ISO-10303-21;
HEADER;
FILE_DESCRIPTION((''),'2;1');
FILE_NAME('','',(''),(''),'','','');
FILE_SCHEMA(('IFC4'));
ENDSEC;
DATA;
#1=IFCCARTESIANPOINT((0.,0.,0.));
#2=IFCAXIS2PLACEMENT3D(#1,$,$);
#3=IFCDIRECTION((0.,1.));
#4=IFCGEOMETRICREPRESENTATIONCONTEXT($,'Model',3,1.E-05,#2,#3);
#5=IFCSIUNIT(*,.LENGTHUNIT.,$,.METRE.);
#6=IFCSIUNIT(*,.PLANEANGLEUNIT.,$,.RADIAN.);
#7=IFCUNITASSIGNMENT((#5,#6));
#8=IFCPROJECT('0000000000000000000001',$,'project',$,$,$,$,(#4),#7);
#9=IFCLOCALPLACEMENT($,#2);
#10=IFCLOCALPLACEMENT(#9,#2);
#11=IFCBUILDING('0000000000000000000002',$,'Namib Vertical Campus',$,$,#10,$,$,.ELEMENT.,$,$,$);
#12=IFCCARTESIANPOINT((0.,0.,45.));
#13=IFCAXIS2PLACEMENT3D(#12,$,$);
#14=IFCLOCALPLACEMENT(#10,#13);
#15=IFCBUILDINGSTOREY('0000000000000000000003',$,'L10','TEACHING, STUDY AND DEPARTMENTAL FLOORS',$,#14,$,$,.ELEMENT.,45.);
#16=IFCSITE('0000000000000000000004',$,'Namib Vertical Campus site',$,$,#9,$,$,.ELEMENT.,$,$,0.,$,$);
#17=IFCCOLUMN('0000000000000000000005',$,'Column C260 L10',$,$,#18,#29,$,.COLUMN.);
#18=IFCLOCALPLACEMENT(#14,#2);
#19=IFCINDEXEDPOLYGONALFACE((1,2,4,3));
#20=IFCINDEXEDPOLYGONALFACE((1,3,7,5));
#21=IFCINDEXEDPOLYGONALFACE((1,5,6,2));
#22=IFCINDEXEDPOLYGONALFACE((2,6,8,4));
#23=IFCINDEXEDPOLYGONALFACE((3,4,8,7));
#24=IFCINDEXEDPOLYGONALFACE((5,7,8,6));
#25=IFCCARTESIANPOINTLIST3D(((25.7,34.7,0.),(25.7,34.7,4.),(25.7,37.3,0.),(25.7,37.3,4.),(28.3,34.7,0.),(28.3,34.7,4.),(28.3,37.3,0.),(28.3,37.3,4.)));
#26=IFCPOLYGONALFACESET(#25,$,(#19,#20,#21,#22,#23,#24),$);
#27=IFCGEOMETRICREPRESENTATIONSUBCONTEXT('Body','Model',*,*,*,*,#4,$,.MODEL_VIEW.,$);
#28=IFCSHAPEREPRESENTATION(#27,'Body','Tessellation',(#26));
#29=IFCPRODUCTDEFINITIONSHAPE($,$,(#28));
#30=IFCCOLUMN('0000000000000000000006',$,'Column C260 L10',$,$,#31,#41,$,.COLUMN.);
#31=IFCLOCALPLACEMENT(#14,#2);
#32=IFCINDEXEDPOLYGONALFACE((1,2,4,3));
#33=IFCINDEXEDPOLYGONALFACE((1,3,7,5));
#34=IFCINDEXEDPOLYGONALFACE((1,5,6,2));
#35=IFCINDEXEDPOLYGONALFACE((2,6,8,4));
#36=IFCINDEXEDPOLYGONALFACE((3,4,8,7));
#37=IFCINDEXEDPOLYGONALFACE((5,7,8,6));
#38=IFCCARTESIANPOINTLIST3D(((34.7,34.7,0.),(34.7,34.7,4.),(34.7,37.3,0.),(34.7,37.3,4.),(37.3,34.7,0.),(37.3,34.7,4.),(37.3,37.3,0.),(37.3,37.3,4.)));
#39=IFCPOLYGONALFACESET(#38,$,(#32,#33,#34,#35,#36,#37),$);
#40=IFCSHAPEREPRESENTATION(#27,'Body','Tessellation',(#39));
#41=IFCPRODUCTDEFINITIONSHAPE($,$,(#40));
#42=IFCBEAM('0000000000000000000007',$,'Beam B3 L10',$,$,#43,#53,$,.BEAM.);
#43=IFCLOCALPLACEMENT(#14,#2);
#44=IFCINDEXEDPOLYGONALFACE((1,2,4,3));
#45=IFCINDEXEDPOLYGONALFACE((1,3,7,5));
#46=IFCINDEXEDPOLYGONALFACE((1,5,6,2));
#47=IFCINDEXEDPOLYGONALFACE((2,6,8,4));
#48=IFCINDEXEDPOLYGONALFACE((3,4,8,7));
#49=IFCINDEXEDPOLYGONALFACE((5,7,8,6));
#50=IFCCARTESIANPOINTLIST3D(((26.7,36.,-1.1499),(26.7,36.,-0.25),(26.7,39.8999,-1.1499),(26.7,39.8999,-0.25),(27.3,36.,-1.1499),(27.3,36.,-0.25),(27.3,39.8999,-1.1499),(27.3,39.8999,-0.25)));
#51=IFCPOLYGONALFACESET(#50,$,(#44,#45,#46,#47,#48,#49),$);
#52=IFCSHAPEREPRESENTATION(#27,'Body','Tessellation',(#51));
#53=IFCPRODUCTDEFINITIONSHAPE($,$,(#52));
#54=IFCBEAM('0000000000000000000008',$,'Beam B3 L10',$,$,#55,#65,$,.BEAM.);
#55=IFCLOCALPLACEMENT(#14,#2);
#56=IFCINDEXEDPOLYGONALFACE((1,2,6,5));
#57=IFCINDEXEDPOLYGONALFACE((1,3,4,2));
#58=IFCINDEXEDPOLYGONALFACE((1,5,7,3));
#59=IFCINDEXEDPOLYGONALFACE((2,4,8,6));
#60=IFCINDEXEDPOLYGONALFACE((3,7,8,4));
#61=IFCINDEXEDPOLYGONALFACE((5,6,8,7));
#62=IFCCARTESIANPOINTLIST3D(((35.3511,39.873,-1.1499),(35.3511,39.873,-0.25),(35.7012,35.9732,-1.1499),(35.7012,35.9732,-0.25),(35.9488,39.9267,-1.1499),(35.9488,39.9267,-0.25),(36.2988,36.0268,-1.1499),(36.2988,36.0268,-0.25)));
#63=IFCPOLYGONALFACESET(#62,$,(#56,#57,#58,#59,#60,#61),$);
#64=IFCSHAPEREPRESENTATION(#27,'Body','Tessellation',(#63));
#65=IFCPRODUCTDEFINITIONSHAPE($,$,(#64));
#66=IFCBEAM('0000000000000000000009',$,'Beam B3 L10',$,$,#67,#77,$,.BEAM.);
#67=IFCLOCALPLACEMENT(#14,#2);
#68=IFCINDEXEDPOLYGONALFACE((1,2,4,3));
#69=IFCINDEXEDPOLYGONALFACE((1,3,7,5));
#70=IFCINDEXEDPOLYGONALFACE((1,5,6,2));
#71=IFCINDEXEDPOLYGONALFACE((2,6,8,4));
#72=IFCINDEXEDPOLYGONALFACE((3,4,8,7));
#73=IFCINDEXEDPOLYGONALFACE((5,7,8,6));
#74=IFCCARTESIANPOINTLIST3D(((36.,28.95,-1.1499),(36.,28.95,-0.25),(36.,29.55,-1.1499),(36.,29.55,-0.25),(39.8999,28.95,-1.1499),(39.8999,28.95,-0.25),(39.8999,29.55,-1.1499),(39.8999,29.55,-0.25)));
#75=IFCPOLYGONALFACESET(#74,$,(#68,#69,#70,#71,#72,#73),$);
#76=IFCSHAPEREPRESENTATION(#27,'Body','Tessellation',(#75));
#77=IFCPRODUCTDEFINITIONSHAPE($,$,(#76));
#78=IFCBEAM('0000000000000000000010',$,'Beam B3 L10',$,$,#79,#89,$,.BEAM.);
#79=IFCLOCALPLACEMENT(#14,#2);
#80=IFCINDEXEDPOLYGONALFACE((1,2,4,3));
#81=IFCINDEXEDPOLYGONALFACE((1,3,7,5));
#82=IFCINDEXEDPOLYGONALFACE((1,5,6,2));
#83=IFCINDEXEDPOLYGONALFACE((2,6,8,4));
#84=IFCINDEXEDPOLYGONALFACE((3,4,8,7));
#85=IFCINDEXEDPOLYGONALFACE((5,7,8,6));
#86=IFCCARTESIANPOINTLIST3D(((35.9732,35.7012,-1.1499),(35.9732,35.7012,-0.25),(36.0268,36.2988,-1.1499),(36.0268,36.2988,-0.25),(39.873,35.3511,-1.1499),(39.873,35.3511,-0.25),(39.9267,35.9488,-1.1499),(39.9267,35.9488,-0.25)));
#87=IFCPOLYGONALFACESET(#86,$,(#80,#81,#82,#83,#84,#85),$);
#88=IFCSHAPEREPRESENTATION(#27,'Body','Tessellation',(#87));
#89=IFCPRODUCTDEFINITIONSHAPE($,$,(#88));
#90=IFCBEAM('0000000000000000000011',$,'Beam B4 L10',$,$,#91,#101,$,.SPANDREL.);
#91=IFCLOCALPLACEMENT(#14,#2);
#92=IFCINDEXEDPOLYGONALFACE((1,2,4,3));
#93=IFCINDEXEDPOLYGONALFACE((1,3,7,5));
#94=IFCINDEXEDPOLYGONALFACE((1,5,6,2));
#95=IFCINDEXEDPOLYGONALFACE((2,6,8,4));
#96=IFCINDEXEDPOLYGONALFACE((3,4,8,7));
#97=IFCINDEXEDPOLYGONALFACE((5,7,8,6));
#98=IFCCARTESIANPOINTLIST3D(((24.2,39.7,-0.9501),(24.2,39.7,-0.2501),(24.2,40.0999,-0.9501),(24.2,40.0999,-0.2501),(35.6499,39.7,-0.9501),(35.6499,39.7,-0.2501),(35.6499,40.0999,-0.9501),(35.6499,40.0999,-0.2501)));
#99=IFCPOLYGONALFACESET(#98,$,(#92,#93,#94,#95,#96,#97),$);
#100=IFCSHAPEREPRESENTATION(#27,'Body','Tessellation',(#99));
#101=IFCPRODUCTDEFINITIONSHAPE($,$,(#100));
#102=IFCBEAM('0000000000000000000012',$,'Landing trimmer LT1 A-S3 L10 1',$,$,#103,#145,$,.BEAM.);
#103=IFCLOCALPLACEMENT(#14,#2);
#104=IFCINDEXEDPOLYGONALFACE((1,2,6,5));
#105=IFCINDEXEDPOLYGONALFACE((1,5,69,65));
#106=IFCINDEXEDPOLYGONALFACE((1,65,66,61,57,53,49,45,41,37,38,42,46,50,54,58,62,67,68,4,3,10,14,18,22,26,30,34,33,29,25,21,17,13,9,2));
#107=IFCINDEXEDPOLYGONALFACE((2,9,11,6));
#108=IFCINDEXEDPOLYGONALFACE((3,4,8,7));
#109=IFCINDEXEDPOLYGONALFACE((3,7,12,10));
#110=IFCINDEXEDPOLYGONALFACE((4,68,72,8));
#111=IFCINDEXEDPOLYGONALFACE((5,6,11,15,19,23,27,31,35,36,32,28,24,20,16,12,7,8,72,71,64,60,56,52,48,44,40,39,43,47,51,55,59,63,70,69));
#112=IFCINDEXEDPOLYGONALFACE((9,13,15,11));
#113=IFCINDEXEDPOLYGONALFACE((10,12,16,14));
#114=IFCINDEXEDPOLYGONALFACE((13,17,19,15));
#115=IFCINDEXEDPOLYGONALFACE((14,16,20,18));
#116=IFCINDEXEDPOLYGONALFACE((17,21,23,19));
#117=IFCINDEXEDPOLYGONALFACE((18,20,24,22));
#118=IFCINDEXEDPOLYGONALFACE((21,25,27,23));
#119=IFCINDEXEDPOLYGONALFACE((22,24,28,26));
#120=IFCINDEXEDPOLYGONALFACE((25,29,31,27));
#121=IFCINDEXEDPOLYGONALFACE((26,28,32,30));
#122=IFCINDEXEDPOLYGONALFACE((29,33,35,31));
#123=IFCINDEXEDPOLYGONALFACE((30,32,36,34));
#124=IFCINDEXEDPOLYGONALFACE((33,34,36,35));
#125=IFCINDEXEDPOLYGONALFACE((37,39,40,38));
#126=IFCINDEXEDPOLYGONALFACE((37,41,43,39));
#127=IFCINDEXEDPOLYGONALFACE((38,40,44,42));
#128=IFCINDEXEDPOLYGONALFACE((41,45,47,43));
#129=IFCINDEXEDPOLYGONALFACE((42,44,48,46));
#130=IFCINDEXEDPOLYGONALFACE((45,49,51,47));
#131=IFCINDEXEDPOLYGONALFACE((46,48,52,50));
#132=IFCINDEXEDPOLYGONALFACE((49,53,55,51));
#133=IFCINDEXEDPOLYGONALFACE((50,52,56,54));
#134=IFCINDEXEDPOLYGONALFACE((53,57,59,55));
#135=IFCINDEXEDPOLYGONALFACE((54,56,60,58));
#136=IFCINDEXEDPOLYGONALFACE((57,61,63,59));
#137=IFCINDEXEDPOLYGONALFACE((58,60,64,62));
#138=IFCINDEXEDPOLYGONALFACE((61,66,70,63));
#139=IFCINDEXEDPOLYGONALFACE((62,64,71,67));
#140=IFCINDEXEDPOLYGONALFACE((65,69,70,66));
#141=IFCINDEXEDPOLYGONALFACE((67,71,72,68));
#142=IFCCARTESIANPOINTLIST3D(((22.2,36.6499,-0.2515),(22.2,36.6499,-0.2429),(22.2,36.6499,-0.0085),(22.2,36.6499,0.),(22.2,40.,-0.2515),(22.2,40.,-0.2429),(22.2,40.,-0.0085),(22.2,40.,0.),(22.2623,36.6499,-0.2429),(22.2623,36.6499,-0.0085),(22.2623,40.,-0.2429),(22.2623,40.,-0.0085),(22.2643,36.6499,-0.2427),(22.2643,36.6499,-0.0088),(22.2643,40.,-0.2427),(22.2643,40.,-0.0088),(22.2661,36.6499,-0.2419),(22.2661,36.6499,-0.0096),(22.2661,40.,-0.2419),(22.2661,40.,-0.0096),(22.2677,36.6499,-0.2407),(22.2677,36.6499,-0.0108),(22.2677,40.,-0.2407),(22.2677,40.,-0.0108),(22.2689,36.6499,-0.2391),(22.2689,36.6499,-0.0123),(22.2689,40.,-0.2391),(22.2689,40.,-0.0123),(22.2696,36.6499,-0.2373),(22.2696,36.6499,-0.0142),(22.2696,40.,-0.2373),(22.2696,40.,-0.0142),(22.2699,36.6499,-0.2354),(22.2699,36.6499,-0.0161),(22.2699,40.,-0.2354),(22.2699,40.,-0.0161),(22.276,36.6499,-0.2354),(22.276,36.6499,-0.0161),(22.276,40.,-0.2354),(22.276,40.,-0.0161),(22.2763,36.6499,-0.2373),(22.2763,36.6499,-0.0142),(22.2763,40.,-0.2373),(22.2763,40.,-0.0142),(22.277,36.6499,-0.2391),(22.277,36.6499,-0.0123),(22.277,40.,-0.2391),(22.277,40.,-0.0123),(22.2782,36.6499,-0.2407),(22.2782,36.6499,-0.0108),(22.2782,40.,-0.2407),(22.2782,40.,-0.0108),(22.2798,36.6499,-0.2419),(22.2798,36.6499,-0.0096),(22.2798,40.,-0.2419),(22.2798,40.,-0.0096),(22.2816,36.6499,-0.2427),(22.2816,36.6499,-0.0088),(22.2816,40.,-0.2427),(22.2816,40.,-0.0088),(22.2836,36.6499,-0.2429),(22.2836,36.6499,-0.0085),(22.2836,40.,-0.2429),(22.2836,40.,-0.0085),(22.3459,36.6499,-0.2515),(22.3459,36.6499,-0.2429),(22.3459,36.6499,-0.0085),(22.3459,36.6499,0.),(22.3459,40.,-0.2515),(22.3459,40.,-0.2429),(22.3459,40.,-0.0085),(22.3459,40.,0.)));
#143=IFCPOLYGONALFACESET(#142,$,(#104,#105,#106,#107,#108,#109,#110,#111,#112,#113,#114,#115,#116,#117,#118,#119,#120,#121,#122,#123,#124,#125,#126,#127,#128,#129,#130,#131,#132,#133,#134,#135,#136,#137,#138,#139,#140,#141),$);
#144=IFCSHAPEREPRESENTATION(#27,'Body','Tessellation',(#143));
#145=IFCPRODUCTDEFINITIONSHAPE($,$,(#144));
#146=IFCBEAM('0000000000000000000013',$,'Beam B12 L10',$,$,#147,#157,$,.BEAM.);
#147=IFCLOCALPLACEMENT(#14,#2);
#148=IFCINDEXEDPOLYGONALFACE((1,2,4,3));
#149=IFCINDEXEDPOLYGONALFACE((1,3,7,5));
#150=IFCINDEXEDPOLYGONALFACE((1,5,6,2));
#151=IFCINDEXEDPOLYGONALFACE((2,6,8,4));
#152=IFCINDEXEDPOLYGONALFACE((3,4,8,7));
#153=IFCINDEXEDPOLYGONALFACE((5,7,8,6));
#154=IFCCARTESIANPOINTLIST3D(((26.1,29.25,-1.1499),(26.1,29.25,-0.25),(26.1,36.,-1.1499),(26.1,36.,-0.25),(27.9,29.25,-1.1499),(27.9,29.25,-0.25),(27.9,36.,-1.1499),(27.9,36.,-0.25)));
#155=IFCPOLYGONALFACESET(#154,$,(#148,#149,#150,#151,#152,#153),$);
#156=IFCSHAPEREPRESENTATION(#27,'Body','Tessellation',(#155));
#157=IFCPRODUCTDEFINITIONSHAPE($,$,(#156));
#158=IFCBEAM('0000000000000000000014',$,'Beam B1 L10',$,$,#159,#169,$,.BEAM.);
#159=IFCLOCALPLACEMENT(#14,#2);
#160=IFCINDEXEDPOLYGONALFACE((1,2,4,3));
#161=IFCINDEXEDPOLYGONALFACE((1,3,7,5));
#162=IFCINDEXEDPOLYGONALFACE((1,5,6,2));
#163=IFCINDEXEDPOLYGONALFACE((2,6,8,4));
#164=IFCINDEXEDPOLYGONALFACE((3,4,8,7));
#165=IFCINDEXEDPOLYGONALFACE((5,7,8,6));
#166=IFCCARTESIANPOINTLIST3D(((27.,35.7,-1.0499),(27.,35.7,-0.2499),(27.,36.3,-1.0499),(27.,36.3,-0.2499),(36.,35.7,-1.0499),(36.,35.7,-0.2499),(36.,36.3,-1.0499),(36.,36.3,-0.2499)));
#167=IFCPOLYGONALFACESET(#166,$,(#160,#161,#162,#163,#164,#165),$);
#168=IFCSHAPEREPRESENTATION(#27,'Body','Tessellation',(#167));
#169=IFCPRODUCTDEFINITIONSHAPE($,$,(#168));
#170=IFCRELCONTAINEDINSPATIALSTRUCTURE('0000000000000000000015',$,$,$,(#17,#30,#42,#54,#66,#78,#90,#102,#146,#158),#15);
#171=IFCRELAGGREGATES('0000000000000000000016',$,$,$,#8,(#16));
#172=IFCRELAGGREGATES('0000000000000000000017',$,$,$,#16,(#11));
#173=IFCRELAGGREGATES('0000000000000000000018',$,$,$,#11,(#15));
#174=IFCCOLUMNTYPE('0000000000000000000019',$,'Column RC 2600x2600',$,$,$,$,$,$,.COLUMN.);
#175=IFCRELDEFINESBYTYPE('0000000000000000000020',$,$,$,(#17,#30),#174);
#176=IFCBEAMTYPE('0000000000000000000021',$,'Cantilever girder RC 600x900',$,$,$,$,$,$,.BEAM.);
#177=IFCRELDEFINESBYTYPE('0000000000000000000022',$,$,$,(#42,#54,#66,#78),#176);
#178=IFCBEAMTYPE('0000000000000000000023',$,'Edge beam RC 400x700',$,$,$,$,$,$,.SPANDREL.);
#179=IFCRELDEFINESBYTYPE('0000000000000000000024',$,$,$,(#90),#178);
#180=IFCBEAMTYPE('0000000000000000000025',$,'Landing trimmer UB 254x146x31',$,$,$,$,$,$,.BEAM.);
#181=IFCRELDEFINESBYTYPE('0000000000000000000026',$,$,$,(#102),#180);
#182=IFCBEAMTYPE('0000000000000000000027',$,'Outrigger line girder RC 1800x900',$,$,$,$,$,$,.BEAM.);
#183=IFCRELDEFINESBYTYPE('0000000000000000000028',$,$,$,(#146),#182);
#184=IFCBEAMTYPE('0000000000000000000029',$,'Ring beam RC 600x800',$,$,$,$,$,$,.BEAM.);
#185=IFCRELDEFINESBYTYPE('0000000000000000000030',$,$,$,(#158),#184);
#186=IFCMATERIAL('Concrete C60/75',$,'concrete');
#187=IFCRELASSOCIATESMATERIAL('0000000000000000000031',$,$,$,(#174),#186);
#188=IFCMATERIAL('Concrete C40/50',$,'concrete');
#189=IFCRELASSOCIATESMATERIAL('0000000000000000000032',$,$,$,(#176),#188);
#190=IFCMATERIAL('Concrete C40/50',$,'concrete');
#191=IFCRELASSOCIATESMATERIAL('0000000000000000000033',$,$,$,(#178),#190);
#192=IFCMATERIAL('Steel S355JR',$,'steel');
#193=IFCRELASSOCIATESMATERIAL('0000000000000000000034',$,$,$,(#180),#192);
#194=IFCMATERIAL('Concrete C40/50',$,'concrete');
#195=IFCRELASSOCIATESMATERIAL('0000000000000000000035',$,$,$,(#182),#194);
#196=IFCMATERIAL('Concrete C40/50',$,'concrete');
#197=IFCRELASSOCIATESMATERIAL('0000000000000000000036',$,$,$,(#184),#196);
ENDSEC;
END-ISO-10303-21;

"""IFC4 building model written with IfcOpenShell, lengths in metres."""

from ifc_helpers import new_model, si_unit, direction, frame, origin, origin_2d, place, context, subcontext, project, spatial, rectangle, i_section, extrude, material, material_profile, profile_set, type_object, element, save


model = new_model("IFC4")

# Units and contexts
model_context = context("Model", 3, precision=1e-05, world=origin(), true_north=direction((0.0, 1.0)))
body_context = subcontext(model_context, "Body", "Model", "MODEL_VIEW")
ifc_project = project(units=[si_unit("LENGTHUNIT", "METRE"), si_unit("PLANEANGLEUNIT", "RADIAN")], contexts=[model_context])

# Site, building, storey
site_placement = place(None, origin())
site = spatial("IfcSite", under=ifc_project, at=site_placement, Name="Namib Vertical Campus site", CompositionType="ELEMENT", RefElevation=0.0)
building_placement = place(site_placement, origin())
building = spatial("IfcBuilding", under=site, at=building_placement, Name="Namib Vertical Campus", CompositionType="ELEMENT")
storey_placement = place(building_placement, frame((0.0, 0.0, 45.0)))
storey = spatial("IfcBuildingStorey", under=building, at=storey_placement, Name="L10", Description="TEACHING, STUDY AND DEPARTMENTAL FLOORS", CompositionType="ELEMENT", Elevation=45.0)

# Columns
ifc_material_1 = material(Name="Concrete C60/75", Category="concrete")
ifc_material_profile_1 = material_profile(ifc_material_1, rectangle(XDim=2.6001, YDim=2.6001, at=origin_2d()))
ifc_profile_set_1 = profile_set([ifc_material_profile_1], Name="Concrete C60/75")
column_type = type_object("IfcColumnType", Name="Column RC 2600x2600", PredefinedType="COLUMN", material=ifc_profile_set_1)
for number, where, z_axis, x_axis, name in (
    (1, (27.0, 36.0, 0.0), (0.0, 0.0, 1.0), (1.0, 0.0, 0.0), "Column C260 L10"),
    (2, (36.0, 36.0, 0.0), (0.0, 0.0, 1.0), (1.0, 0.0, 0.0), "Column C260 L10"),
):
    element("IfcColumn", number, at=place(storey_placement, frame(where, z_axis=z_axis, x_axis=x_axis)), inside=storey, type_object=column_type, Name=name, PredefinedType="COLUMN", context=body_context, shape_type="SweptSolid", body=[
        extrude(rectangle(XDim=2.6001, YDim=2.6001, at=origin_2d()), origin(), (0.0, 0.0, 1.0), 4.0),
    ])

# Beams
ifc_material_2 = material(Name="Concrete C40/50", Category="concrete")
ifc_material_profile_2 = material_profile(ifc_material_2, rectangle(XDim=0.6001, YDim=0.8999, at=origin_2d()))
ifc_profile_set_2 = profile_set([ifc_material_profile_2], Name="Concrete C40/50")
beam_type_1 = type_object("IfcBeamType", Name="Cantilever girder RC 600x900", PredefinedType="BEAM", material=ifc_profile_set_2)
beam_1_placement = place(storey_placement, frame((27.0, 36.0, -0.7), z_axis=(0.0, 1.0, 0.0), x_axis=(-1.0, 0.0, 0.0)))
element("IfcBeam", 3, at=beam_1_placement, inside=storey, type_object=beam_type_1, Name="Beam B3 L10", PredefinedType="BEAM", context=body_context, shape_type="SweptSolid", body=[
    extrude(rectangle(XDim=0.6001, YDim=0.8999, at=origin_2d()), origin(), (0.0, 0.0, 1.0), 3.8999),
])
beam_2_placement = place(storey_placement, frame((36.0, 36.0, -0.7), z_axis=(-0.089411, 0.995995, 0.0), x_axis=(-0.995995, -0.089411, 0.0)))
element("IfcBeam", 4, at=beam_2_placement, inside=storey, type_object=beam_type_1, Name="Beam B3 L10", PredefinedType="BEAM", context=body_context, shape_type="SweptSolid", body=[
    extrude(rectangle(XDim=0.6001, YDim=0.8999, at=origin_2d()), origin(), (0.0, 0.0, 1.0), 3.9155),
])
beam_3_placement = place(storey_placement, frame((36.0, 29.25, -0.7), z_axis=(1.0, 0.0, 0.0), x_axis=(0.0, 1.0, 0.0)))
element("IfcBeam", 5, at=beam_3_placement, inside=storey, type_object=beam_type_1, Name="Beam B3 L10", PredefinedType="BEAM", context=body_context, shape_type="SweptSolid", body=[
    extrude(rectangle(XDim=0.6001, YDim=0.8999, at=origin_2d()), origin(), (0.0, 0.0, 1.0), 3.8999),
])
beam_4_placement = place(storey_placement, frame((36.0, 36.0, -0.7), z_axis=(0.995995, -0.089411, 0.0), x_axis=(0.089411, 0.995995, 0.0)))
element("IfcBeam", 6, at=beam_4_placement, inside=storey, type_object=beam_type_1, Name="Beam B3 L10", PredefinedType="BEAM", context=body_context, shape_type="SweptSolid", body=[
    extrude(rectangle(XDim=0.6001, YDim=0.8999, at=origin_2d()), origin(), (0.0, 0.0, 1.0), 3.9155),
])
ifc_material_3 = material(Name="Concrete C40/50", Category="concrete")
ifc_material_profile_3 = material_profile(ifc_material_3, rectangle(XDim=0.3999, YDim=0.7, at=origin_2d()))
ifc_profile_set_3 = profile_set([ifc_material_profile_3], Name="Concrete C40/50")
beam_type_2 = type_object("IfcBeamType", Name="Edge beam RC 400x700", PredefinedType="SPANDREL", material=ifc_profile_set_3)
beam_5_placement = place(storey_placement, frame((24.2, 39.8999, -0.6001), z_axis=(1.0, 0.0, 0.0), x_axis=(0.0, 1.0, 0.0)))
element("IfcBeam", 7, at=beam_5_placement, inside=storey, type_object=beam_type_2, Name="Beam B4 L10", PredefinedType="SPANDREL", context=body_context, shape_type="SweptSolid", body=[
    extrude(rectangle(XDim=0.3999, YDim=0.7, at=origin_2d()), origin(), (0.0, 0.0, 1.0), 11.45),
])
ifc_material_4 = material(Name="Steel S355JR", Category="steel")
ifc_material_profile_4 = material_profile(ifc_material_4, i_section(OverallWidth=0.146, OverallDepth=0.2515, WebThickness=0.0061, FlangeThickness=0.0085, FilletRadius=0.0076, at=origin_2d()))
ifc_profile_set_4 = profile_set([ifc_material_profile_4], Name="Steel S355JR")
beam_type_3 = type_object("IfcBeamType", Name="Landing trimmer UB 254x146x31", PredefinedType="BEAM", material=ifc_profile_set_4)
beam_6_placement = place(storey_placement, frame((22.2729, 36.6499, -0.1257), z_axis=(0.0, 1.0, 0.0), x_axis=(-1.0, 0.0, 0.0)))
element("IfcBeam", 8, at=beam_6_placement, inside=storey, type_object=beam_type_3, Name="Landing trimmer LT1 A-S3 L10 1", PredefinedType="BEAM", context=body_context, shape_type="SweptSolid", body=[
    extrude(i_section(OverallWidth=0.146, OverallDepth=0.2515, WebThickness=0.0061, FlangeThickness=0.0085, FilletRadius=0.0076, at=origin_2d()), origin(), (0.0, 0.0, 1.0), 3.3501),
])
ifc_material_5 = material(Name="Concrete C40/50", Category="concrete")
ifc_material_profile_5 = material_profile(ifc_material_5, rectangle(XDim=1.8, YDim=0.8999, at=origin_2d()))
ifc_profile_set_5 = profile_set([ifc_material_profile_5], Name="Concrete C40/50")
beam_type_4 = type_object("IfcBeamType", Name="Outrigger line girder RC 1800x900", PredefinedType="BEAM", material=ifc_profile_set_5)
beam_7_placement = place(storey_placement, frame((27.0, 36.0, -0.7), z_axis=(0.0, -1.0, 0.0), x_axis=(1.0, 0.0, 0.0)))
element("IfcBeam", 9, at=beam_7_placement, inside=storey, type_object=beam_type_4, Name="Beam B12 L10", PredefinedType="BEAM", context=body_context, shape_type="SweptSolid", body=[
    extrude(rectangle(XDim=1.8, YDim=0.8999, at=origin_2d()), origin(), (0.0, 0.0, 1.0), 6.75),
])
ifc_material_6 = material(Name="Concrete C40/50", Category="concrete")
ifc_material_profile_6 = material_profile(ifc_material_6, rectangle(XDim=0.6001, YDim=0.8, at=origin_2d()))
ifc_profile_set_6 = profile_set([ifc_material_profile_6], Name="Concrete C40/50")
beam_type_5 = type_object("IfcBeamType", Name="Ring beam RC 600x800", PredefinedType="BEAM", material=ifc_profile_set_6)
beam_8_placement = place(storey_placement, frame((27.0, 36.0, -0.6499), z_axis=(1.0, 0.0, 0.0), x_axis=(0.0, 1.0, 0.0)))
element("IfcBeam", 10, at=beam_8_placement, inside=storey, type_object=beam_type_5, Name="Beam B1 L10", PredefinedType="BEAM", context=body_context, shape_type="SweptSolid", body=[
    extrude(rectangle(XDim=0.6001, YDim=0.8, at=origin_2d()), origin(), (0.0, 0.0, 1.0), 9.0),
])

save(model, "model.ifc")
